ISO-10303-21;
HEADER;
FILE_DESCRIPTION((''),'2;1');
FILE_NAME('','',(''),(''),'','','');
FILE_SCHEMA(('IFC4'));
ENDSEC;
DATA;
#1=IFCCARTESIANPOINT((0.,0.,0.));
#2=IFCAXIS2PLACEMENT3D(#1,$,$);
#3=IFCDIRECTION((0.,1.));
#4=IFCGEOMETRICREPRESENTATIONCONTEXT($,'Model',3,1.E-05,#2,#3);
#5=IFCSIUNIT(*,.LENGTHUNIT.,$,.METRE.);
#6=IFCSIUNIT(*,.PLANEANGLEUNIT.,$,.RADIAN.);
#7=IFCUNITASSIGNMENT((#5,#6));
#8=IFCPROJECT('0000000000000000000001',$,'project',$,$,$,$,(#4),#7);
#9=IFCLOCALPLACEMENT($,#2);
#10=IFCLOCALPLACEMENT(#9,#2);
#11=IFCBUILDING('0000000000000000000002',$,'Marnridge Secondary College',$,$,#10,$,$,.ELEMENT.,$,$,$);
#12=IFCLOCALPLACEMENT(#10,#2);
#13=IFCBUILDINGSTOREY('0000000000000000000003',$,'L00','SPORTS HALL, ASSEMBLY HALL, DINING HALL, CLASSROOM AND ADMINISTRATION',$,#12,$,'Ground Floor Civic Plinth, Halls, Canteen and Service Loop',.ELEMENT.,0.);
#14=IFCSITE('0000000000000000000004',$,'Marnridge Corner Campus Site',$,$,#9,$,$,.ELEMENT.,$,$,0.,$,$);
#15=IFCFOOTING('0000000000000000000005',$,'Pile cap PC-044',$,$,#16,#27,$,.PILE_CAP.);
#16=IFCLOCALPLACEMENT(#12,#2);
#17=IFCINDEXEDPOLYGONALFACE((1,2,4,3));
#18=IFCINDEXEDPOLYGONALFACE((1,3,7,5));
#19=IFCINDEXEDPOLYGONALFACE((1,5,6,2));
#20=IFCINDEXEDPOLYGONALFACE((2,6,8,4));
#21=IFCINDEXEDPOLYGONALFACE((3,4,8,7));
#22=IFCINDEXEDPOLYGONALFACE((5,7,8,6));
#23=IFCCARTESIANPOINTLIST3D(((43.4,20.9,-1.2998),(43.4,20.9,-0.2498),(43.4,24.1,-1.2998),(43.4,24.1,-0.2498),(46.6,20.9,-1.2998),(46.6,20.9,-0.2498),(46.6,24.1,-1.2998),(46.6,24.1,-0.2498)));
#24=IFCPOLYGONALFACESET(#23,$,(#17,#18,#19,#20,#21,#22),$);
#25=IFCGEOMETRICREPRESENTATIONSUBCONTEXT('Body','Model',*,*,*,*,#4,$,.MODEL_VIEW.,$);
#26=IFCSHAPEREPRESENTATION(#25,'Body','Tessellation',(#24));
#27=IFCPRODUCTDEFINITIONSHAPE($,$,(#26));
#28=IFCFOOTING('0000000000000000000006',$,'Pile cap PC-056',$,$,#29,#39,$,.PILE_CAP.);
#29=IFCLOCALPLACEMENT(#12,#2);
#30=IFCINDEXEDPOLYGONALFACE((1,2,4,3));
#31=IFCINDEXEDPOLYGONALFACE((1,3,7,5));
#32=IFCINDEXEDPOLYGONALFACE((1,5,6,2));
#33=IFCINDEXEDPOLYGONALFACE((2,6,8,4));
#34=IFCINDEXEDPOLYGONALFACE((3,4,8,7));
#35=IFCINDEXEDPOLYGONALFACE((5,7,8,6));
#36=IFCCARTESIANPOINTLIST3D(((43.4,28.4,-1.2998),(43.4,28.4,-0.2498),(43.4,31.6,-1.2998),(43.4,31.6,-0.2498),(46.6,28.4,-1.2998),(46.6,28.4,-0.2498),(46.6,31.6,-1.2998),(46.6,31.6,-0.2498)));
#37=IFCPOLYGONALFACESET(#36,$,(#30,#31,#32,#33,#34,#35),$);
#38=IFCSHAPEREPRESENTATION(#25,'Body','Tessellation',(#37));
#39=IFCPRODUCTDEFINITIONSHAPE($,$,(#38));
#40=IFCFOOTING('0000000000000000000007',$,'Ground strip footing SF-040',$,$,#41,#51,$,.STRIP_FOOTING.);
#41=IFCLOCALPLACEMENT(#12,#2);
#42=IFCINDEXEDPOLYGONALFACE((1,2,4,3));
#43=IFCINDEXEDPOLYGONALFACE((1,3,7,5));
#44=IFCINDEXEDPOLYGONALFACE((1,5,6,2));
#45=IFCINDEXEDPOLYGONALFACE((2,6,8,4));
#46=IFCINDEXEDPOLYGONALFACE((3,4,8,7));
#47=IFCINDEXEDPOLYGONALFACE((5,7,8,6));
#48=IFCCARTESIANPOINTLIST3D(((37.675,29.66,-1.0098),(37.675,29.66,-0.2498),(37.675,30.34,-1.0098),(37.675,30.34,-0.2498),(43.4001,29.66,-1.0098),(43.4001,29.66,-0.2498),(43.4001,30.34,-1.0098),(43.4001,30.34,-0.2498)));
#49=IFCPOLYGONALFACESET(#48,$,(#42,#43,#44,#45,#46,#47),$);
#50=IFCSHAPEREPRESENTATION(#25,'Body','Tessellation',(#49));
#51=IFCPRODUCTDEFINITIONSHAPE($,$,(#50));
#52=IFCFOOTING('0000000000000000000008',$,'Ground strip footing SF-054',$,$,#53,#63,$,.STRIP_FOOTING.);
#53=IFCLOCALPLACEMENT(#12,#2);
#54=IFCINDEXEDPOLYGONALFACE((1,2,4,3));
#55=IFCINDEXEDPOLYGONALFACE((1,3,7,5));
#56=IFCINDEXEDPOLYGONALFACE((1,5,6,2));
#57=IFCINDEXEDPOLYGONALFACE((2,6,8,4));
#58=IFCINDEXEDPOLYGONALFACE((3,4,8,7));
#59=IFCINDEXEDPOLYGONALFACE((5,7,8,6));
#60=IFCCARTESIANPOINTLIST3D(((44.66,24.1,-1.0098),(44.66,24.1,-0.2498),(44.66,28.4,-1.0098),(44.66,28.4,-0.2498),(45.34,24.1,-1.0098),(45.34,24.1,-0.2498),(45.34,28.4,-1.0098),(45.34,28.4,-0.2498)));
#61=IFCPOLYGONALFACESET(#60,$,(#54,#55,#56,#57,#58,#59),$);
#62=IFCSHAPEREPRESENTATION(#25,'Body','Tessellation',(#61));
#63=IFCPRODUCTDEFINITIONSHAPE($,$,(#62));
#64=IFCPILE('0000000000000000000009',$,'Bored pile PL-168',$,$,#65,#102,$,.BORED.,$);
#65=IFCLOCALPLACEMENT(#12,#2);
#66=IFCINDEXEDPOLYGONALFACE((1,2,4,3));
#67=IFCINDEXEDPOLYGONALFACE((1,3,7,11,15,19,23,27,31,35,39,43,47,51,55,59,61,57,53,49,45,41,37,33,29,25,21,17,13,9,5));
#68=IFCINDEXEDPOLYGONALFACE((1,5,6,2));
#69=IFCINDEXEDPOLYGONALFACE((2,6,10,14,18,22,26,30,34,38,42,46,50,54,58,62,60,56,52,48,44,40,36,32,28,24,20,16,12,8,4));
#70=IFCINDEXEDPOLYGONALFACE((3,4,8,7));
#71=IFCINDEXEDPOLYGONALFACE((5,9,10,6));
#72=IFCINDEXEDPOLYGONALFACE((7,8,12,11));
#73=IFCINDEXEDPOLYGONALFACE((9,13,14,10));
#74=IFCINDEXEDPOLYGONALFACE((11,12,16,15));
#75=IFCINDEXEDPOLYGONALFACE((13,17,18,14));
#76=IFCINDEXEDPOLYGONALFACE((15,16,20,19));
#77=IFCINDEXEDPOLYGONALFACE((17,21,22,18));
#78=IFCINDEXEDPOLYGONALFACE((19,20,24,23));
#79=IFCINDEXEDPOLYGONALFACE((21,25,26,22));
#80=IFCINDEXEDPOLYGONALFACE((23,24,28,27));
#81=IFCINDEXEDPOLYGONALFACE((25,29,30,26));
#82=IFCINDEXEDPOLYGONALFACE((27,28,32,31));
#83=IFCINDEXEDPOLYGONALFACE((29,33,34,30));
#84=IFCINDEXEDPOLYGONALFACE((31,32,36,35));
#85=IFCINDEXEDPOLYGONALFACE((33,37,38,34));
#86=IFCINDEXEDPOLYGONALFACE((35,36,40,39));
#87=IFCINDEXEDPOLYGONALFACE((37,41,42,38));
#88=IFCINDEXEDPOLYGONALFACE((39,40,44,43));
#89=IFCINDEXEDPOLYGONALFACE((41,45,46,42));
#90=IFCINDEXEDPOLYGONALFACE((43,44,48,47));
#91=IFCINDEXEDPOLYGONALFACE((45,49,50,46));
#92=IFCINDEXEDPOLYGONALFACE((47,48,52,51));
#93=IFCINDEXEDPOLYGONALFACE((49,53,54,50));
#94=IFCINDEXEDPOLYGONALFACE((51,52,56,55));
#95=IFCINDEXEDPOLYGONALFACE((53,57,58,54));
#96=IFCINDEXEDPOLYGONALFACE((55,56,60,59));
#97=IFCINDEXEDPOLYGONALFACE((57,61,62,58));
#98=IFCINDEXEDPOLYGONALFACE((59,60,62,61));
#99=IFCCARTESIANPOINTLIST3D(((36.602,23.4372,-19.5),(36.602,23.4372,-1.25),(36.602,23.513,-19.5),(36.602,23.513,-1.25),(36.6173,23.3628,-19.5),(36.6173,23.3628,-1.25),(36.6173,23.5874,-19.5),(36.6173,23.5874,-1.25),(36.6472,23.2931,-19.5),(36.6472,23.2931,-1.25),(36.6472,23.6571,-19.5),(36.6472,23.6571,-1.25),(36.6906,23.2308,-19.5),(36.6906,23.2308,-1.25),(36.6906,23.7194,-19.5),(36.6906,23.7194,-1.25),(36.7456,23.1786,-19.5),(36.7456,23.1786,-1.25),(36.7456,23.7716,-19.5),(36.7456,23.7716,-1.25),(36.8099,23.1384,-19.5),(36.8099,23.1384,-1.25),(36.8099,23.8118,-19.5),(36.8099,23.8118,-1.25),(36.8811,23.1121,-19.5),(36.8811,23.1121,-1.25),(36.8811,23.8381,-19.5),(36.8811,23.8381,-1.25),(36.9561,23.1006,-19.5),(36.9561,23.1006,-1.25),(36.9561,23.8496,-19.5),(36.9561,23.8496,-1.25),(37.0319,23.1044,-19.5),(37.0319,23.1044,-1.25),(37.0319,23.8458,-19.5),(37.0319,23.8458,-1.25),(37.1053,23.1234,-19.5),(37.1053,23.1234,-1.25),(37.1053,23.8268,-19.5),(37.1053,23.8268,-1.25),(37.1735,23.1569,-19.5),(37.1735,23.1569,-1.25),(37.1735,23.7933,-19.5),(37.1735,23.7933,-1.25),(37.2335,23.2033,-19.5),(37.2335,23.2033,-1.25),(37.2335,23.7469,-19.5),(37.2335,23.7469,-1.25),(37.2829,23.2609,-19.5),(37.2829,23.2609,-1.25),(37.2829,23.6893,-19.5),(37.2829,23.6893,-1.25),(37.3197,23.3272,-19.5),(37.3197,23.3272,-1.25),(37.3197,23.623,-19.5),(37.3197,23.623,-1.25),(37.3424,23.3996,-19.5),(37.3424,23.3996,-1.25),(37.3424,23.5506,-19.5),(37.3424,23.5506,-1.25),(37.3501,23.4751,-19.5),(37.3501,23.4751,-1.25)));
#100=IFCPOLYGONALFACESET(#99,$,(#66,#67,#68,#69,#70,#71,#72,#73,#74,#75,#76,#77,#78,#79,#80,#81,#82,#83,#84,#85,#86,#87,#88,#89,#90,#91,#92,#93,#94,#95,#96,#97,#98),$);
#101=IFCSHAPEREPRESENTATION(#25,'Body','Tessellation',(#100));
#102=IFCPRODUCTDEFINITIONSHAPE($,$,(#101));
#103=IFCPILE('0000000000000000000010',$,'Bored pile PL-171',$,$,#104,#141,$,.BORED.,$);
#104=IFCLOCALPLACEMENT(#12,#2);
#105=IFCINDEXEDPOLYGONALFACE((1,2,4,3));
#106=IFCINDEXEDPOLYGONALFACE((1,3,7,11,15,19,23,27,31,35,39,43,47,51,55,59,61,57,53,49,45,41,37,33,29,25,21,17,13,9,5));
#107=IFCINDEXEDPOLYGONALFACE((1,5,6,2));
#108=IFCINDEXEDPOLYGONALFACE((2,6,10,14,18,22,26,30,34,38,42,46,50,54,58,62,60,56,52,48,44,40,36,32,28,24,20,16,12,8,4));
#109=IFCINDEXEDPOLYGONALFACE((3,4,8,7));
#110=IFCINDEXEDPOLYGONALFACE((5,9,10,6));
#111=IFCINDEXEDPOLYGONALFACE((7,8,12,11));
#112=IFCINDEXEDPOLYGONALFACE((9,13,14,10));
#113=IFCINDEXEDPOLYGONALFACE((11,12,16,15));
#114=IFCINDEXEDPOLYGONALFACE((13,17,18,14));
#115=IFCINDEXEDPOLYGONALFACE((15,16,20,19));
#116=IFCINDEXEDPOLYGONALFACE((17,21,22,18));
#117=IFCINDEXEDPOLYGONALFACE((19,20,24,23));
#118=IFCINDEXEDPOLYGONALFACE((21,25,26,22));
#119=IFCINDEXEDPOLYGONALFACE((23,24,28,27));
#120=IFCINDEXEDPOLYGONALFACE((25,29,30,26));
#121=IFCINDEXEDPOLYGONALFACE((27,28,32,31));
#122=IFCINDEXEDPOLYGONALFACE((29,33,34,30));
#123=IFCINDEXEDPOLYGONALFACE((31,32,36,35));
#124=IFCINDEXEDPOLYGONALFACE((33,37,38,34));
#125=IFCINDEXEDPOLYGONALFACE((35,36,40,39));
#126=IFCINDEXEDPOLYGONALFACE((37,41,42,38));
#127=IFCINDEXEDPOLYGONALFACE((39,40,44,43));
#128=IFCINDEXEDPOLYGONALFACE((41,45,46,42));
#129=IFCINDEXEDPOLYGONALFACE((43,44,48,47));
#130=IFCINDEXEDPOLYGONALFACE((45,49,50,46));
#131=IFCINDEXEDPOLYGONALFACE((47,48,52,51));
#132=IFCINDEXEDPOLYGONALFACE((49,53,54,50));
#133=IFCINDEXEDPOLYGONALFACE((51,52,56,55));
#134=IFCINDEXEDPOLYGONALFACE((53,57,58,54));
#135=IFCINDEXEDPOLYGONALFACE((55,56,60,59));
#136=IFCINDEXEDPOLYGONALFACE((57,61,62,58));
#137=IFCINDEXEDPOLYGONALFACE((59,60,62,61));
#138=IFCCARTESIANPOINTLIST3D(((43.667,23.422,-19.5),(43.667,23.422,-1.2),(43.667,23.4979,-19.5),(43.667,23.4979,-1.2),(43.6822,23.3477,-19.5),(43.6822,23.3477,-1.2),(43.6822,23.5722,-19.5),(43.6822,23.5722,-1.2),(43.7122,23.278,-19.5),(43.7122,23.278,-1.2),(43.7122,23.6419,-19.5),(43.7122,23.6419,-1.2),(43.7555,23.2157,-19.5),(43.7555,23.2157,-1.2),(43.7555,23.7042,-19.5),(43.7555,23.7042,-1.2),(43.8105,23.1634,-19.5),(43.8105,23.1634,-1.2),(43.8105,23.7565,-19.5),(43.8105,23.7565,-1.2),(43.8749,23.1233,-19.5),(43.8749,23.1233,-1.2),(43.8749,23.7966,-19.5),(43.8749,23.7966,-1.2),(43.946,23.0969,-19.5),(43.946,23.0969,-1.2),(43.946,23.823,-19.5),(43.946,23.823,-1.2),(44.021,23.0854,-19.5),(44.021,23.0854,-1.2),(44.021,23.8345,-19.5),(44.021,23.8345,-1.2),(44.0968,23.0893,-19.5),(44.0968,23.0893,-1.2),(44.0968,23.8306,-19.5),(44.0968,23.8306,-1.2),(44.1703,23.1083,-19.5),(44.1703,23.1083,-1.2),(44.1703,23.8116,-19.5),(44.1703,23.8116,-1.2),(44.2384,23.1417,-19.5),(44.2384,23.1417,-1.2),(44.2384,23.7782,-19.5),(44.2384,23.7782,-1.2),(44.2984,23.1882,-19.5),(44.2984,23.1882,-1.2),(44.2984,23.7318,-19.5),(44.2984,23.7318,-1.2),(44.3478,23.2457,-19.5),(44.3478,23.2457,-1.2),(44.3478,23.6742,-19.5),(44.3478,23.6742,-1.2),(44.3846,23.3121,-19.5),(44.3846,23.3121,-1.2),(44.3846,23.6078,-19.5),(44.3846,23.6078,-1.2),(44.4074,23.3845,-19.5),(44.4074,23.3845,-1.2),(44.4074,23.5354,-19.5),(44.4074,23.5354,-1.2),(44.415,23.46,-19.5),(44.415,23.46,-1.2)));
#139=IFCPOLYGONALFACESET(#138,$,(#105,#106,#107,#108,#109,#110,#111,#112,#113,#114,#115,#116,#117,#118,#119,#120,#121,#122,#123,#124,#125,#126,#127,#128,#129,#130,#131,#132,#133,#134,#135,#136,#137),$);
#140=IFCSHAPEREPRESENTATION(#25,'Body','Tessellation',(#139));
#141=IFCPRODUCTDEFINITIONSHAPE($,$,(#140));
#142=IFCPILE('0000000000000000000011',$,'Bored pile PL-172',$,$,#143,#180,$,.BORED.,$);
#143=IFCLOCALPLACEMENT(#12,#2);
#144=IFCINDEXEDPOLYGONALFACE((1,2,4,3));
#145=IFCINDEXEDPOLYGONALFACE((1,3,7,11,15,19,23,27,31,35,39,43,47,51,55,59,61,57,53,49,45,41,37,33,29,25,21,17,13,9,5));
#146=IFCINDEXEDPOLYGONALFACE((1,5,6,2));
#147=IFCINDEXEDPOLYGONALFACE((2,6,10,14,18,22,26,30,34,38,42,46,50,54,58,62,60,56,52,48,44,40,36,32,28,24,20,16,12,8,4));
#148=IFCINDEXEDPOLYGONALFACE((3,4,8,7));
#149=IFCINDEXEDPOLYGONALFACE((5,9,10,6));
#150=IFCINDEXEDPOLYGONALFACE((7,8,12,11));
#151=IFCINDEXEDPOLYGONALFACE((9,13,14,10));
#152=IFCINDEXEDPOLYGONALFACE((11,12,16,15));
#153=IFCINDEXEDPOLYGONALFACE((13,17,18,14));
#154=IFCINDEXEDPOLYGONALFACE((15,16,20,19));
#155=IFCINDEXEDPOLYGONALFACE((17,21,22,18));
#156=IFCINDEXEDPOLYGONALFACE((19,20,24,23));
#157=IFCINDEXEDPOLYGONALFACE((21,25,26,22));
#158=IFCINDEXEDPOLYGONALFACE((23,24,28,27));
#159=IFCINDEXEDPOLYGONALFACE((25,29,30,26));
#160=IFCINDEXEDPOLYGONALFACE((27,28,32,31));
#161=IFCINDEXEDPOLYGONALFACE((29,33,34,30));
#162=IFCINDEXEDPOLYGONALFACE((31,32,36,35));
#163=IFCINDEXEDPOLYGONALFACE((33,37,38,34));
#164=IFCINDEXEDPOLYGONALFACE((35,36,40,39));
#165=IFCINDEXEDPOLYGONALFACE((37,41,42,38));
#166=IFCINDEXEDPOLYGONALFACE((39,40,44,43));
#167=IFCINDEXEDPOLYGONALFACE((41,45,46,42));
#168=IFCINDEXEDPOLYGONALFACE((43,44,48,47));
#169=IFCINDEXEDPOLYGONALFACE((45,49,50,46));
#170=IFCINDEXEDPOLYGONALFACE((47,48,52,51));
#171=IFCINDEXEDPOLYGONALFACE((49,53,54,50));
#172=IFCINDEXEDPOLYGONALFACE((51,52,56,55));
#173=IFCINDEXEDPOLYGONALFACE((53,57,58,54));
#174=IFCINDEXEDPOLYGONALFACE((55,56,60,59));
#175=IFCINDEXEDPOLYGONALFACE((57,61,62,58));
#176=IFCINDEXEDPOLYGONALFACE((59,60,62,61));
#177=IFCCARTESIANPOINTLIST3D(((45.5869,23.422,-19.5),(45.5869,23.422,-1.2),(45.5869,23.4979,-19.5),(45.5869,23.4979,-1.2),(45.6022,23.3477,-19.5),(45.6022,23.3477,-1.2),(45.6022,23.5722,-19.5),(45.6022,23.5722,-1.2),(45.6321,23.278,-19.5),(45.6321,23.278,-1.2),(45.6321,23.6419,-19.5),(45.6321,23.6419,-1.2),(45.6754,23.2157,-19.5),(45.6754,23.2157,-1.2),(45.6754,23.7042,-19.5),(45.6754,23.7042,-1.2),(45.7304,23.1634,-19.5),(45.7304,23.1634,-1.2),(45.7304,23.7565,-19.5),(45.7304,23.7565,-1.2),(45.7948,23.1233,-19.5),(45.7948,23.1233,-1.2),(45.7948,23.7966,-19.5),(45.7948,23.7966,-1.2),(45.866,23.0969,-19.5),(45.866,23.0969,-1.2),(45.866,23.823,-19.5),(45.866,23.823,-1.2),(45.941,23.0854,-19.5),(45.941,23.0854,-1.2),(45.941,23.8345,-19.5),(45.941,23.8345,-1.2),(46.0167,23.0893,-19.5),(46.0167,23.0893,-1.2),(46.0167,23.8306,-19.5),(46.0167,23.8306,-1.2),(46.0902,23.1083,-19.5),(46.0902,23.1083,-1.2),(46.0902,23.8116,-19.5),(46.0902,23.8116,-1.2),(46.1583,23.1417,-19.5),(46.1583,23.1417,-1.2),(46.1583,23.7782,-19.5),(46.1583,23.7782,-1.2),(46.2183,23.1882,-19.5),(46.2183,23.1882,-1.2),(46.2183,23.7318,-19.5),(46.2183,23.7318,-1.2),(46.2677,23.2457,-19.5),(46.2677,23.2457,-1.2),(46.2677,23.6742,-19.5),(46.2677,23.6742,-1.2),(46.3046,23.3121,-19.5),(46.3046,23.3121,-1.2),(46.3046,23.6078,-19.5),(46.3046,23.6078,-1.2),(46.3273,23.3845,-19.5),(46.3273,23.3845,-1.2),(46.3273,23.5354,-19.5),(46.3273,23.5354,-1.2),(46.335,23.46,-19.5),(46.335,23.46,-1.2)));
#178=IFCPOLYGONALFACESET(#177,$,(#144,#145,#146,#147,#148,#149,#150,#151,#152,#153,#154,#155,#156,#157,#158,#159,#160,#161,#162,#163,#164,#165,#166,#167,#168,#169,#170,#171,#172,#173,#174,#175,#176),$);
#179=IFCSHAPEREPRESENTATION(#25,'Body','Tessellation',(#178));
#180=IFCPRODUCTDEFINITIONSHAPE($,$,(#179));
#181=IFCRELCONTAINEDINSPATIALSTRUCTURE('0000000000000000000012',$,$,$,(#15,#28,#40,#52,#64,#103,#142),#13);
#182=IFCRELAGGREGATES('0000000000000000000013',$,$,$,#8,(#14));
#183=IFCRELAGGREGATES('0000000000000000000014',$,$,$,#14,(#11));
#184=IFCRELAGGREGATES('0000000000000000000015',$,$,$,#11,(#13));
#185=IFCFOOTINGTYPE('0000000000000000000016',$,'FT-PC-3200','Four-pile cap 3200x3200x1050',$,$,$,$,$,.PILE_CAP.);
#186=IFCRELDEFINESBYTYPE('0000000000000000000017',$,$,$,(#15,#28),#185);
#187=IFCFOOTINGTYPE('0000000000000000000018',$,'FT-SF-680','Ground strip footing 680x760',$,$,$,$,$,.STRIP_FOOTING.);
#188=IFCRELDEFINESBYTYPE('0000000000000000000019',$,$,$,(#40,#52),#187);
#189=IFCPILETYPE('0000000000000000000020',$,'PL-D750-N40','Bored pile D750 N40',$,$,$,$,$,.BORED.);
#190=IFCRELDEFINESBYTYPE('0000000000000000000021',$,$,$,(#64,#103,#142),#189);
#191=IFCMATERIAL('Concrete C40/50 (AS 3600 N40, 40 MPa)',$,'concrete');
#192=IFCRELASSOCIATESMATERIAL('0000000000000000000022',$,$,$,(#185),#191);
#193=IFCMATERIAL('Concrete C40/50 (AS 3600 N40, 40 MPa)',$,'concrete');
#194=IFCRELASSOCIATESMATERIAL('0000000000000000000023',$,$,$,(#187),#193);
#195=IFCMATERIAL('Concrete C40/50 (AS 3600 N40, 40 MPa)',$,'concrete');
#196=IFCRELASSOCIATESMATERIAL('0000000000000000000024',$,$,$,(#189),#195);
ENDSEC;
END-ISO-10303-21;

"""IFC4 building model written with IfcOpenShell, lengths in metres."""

from ifc_helpers import new_model, si_unit, direction, frame, origin, origin_2d, place, context, subcontext, project, spatial, rectangle, circle, extrude, material, material_profile, profile_set, type_object, element, save


model = new_model("IFC4")

# Units and contexts
model_context = context("Model", 3, precision=1e-05, world=origin(), true_north=direction((0.0, 1.0)))
body_context = subcontext(model_context, "Body", "Model", "MODEL_VIEW")
ifc_project = project(units=[si_unit("LENGTHUNIT", "METRE"), si_unit("PLANEANGLEUNIT", "RADIAN")], contexts=[model_context])

# Site, building, storey
site_placement = place(None, origin())
site = spatial("IfcSite", under=ifc_project, at=site_placement, Name="Marnridge Corner Campus Site", CompositionType="ELEMENT", RefElevation=0.0)
building_placement = place(site_placement, origin())
building = spatial("IfcBuilding", under=site, at=building_placement, Name="Marnridge Secondary College", CompositionType="ELEMENT")
storey_placement = place(building_placement, origin())
storey = spatial("IfcBuildingStorey", under=building, at=storey_placement, Name="L00", Description="SPORTS HALL, ASSEMBLY HALL, DINING HALL, CLASSROOM AND ADMINISTRATION", LongName="Ground Floor Civic Plinth, Halls, Canteen and Service Loop", CompositionType="ELEMENT", Elevation=0.0)

# Footings
ifc_material_1 = material(Name="Concrete C40/50 (AS 3600 N40, 40 MPa)", Category="concrete")
footing_type_1 = type_object("IfcFootingType", Name="FT-PC-3200", Description="Four-pile cap 3200x3200x1050", PredefinedType="PILE_CAP", material=ifc_material_1)
for number, where, z_axis, x_axis, name in (
    (1, (45.0, 22.5, -1.2998), (0.0, 0.0, 1.0), (1.0, 0.0, 0.0), "Pile cap PC-044"),
    (2, (45.0, 30.0, -1.2998), (0.0, 0.0, 1.0), (1.0, 0.0, 0.0), "Pile cap PC-056"),
):
    element("IfcFooting", number, at=place(storey_placement, frame(where, z_axis=z_axis, x_axis=x_axis)), inside=storey, type_object=footing_type_1, Name=name, PredefinedType="PILE_CAP", context=body_context, shape_type="SweptSolid", body=[
        extrude(rectangle(XDim=3.2, YDim=3.2, at=origin_2d()), origin(), (0.0, 0.0, 1.0), 1.05),
    ])
ifc_material_2 = material(Name="Concrete C40/50 (AS 3600 N40, 40 MPa)", Category="concrete")
footing_type_2 = type_object("IfcFootingType", Name="FT-SF-680", Description="Ground strip footing 680x760", PredefinedType="STRIP_FOOTING", material=ifc_material_2)
footing_1_placement = place(storey_placement, frame((40.5376, 30.0, -1.0098), z_axis=(0.0, 0.0, 1.0), x_axis=(1.0, 0.0, 0.0)))
element("IfcFooting", 3, at=footing_1_placement, inside=storey, type_object=footing_type_2, Name="Ground strip footing SF-040", PredefinedType="STRIP_FOOTING", context=body_context, shape_type="SweptSolid", body=[
    extrude(rectangle(XDim=5.7251, YDim=0.6799, at=origin_2d()), origin(), (0.0, 0.0, 1.0), 0.76),
])
footing_2_placement = place(storey_placement, frame((45.0, 26.25, -1.0098), z_axis=(0.0, 0.0, 1.0), x_axis=(1.0, 0.0, 0.0)))
element("IfcFooting", 4, at=footing_2_placement, inside=storey, type_object=footing_type_2, Name="Ground strip footing SF-054", PredefinedType="STRIP_FOOTING", context=body_context, shape_type="SweptSolid", body=[
    extrude(rectangle(XDim=0.6799, YDim=4.3, at=origin_2d()), origin(), (0.0, 0.0, 1.0), 0.76),
])

# Piles
ifc_material_3 = material(Name="Concrete C40/50 (AS 3600 N40, 40 MPa)", Category="concrete")
ifc_material_profile_1 = material_profile(ifc_material_3, circle(Radius=0.375, at=origin_2d()), Name="PILE D750")
ifc_profile_set_1 = profile_set([ifc_material_profile_1], Name="Concrete C40/50 (AS 3600 N40, 40 MPa)")
pile_type = type_object("IfcPileType", Name="PL-D750-N40", Description="Bored pile D750 N40", PredefinedType="BORED", material=ifc_profile_set_1)
pile_1_placement = place(storey_placement, frame((36.9751, 23.4751, -1.25), z_axis=(0.0, 0.0, -1.0), x_axis=(1.0, 0.0, 0.0)))
element("IfcPile", 5, at=pile_1_placement, inside=storey, type_object=pile_type, Name="Bored pile PL-168", PredefinedType="BORED", context=body_context, shape_type="SweptSolid", body=[
    extrude(circle(Radius=0.375, at=origin_2d()), origin(), (0.0, 0.0, 1.0), 18.25),
])
for number, where, z_axis, x_axis, name in (
    (6, (44.04, 23.46, -1.2), (0.0, 0.0, -1.0), (1.0, 0.0, 0.0), "Bored pile PL-171"),
    (7, (45.96, 23.46, -1.2), (0.0, 0.0, -1.0), (1.0, 0.0, 0.0), "Bored pile PL-172"),
):
    element("IfcPile", number, at=place(storey_placement, frame(where, z_axis=z_axis, x_axis=x_axis)), inside=storey, type_object=pile_type, Name=name, PredefinedType="BORED", context=body_context, shape_type="SweptSolid", body=[
        extrude(circle(Radius=0.375, at=origin_2d()), origin(), (0.0, 0.0, 1.0), 18.3),
    ])

save(model, "model.ifc")
